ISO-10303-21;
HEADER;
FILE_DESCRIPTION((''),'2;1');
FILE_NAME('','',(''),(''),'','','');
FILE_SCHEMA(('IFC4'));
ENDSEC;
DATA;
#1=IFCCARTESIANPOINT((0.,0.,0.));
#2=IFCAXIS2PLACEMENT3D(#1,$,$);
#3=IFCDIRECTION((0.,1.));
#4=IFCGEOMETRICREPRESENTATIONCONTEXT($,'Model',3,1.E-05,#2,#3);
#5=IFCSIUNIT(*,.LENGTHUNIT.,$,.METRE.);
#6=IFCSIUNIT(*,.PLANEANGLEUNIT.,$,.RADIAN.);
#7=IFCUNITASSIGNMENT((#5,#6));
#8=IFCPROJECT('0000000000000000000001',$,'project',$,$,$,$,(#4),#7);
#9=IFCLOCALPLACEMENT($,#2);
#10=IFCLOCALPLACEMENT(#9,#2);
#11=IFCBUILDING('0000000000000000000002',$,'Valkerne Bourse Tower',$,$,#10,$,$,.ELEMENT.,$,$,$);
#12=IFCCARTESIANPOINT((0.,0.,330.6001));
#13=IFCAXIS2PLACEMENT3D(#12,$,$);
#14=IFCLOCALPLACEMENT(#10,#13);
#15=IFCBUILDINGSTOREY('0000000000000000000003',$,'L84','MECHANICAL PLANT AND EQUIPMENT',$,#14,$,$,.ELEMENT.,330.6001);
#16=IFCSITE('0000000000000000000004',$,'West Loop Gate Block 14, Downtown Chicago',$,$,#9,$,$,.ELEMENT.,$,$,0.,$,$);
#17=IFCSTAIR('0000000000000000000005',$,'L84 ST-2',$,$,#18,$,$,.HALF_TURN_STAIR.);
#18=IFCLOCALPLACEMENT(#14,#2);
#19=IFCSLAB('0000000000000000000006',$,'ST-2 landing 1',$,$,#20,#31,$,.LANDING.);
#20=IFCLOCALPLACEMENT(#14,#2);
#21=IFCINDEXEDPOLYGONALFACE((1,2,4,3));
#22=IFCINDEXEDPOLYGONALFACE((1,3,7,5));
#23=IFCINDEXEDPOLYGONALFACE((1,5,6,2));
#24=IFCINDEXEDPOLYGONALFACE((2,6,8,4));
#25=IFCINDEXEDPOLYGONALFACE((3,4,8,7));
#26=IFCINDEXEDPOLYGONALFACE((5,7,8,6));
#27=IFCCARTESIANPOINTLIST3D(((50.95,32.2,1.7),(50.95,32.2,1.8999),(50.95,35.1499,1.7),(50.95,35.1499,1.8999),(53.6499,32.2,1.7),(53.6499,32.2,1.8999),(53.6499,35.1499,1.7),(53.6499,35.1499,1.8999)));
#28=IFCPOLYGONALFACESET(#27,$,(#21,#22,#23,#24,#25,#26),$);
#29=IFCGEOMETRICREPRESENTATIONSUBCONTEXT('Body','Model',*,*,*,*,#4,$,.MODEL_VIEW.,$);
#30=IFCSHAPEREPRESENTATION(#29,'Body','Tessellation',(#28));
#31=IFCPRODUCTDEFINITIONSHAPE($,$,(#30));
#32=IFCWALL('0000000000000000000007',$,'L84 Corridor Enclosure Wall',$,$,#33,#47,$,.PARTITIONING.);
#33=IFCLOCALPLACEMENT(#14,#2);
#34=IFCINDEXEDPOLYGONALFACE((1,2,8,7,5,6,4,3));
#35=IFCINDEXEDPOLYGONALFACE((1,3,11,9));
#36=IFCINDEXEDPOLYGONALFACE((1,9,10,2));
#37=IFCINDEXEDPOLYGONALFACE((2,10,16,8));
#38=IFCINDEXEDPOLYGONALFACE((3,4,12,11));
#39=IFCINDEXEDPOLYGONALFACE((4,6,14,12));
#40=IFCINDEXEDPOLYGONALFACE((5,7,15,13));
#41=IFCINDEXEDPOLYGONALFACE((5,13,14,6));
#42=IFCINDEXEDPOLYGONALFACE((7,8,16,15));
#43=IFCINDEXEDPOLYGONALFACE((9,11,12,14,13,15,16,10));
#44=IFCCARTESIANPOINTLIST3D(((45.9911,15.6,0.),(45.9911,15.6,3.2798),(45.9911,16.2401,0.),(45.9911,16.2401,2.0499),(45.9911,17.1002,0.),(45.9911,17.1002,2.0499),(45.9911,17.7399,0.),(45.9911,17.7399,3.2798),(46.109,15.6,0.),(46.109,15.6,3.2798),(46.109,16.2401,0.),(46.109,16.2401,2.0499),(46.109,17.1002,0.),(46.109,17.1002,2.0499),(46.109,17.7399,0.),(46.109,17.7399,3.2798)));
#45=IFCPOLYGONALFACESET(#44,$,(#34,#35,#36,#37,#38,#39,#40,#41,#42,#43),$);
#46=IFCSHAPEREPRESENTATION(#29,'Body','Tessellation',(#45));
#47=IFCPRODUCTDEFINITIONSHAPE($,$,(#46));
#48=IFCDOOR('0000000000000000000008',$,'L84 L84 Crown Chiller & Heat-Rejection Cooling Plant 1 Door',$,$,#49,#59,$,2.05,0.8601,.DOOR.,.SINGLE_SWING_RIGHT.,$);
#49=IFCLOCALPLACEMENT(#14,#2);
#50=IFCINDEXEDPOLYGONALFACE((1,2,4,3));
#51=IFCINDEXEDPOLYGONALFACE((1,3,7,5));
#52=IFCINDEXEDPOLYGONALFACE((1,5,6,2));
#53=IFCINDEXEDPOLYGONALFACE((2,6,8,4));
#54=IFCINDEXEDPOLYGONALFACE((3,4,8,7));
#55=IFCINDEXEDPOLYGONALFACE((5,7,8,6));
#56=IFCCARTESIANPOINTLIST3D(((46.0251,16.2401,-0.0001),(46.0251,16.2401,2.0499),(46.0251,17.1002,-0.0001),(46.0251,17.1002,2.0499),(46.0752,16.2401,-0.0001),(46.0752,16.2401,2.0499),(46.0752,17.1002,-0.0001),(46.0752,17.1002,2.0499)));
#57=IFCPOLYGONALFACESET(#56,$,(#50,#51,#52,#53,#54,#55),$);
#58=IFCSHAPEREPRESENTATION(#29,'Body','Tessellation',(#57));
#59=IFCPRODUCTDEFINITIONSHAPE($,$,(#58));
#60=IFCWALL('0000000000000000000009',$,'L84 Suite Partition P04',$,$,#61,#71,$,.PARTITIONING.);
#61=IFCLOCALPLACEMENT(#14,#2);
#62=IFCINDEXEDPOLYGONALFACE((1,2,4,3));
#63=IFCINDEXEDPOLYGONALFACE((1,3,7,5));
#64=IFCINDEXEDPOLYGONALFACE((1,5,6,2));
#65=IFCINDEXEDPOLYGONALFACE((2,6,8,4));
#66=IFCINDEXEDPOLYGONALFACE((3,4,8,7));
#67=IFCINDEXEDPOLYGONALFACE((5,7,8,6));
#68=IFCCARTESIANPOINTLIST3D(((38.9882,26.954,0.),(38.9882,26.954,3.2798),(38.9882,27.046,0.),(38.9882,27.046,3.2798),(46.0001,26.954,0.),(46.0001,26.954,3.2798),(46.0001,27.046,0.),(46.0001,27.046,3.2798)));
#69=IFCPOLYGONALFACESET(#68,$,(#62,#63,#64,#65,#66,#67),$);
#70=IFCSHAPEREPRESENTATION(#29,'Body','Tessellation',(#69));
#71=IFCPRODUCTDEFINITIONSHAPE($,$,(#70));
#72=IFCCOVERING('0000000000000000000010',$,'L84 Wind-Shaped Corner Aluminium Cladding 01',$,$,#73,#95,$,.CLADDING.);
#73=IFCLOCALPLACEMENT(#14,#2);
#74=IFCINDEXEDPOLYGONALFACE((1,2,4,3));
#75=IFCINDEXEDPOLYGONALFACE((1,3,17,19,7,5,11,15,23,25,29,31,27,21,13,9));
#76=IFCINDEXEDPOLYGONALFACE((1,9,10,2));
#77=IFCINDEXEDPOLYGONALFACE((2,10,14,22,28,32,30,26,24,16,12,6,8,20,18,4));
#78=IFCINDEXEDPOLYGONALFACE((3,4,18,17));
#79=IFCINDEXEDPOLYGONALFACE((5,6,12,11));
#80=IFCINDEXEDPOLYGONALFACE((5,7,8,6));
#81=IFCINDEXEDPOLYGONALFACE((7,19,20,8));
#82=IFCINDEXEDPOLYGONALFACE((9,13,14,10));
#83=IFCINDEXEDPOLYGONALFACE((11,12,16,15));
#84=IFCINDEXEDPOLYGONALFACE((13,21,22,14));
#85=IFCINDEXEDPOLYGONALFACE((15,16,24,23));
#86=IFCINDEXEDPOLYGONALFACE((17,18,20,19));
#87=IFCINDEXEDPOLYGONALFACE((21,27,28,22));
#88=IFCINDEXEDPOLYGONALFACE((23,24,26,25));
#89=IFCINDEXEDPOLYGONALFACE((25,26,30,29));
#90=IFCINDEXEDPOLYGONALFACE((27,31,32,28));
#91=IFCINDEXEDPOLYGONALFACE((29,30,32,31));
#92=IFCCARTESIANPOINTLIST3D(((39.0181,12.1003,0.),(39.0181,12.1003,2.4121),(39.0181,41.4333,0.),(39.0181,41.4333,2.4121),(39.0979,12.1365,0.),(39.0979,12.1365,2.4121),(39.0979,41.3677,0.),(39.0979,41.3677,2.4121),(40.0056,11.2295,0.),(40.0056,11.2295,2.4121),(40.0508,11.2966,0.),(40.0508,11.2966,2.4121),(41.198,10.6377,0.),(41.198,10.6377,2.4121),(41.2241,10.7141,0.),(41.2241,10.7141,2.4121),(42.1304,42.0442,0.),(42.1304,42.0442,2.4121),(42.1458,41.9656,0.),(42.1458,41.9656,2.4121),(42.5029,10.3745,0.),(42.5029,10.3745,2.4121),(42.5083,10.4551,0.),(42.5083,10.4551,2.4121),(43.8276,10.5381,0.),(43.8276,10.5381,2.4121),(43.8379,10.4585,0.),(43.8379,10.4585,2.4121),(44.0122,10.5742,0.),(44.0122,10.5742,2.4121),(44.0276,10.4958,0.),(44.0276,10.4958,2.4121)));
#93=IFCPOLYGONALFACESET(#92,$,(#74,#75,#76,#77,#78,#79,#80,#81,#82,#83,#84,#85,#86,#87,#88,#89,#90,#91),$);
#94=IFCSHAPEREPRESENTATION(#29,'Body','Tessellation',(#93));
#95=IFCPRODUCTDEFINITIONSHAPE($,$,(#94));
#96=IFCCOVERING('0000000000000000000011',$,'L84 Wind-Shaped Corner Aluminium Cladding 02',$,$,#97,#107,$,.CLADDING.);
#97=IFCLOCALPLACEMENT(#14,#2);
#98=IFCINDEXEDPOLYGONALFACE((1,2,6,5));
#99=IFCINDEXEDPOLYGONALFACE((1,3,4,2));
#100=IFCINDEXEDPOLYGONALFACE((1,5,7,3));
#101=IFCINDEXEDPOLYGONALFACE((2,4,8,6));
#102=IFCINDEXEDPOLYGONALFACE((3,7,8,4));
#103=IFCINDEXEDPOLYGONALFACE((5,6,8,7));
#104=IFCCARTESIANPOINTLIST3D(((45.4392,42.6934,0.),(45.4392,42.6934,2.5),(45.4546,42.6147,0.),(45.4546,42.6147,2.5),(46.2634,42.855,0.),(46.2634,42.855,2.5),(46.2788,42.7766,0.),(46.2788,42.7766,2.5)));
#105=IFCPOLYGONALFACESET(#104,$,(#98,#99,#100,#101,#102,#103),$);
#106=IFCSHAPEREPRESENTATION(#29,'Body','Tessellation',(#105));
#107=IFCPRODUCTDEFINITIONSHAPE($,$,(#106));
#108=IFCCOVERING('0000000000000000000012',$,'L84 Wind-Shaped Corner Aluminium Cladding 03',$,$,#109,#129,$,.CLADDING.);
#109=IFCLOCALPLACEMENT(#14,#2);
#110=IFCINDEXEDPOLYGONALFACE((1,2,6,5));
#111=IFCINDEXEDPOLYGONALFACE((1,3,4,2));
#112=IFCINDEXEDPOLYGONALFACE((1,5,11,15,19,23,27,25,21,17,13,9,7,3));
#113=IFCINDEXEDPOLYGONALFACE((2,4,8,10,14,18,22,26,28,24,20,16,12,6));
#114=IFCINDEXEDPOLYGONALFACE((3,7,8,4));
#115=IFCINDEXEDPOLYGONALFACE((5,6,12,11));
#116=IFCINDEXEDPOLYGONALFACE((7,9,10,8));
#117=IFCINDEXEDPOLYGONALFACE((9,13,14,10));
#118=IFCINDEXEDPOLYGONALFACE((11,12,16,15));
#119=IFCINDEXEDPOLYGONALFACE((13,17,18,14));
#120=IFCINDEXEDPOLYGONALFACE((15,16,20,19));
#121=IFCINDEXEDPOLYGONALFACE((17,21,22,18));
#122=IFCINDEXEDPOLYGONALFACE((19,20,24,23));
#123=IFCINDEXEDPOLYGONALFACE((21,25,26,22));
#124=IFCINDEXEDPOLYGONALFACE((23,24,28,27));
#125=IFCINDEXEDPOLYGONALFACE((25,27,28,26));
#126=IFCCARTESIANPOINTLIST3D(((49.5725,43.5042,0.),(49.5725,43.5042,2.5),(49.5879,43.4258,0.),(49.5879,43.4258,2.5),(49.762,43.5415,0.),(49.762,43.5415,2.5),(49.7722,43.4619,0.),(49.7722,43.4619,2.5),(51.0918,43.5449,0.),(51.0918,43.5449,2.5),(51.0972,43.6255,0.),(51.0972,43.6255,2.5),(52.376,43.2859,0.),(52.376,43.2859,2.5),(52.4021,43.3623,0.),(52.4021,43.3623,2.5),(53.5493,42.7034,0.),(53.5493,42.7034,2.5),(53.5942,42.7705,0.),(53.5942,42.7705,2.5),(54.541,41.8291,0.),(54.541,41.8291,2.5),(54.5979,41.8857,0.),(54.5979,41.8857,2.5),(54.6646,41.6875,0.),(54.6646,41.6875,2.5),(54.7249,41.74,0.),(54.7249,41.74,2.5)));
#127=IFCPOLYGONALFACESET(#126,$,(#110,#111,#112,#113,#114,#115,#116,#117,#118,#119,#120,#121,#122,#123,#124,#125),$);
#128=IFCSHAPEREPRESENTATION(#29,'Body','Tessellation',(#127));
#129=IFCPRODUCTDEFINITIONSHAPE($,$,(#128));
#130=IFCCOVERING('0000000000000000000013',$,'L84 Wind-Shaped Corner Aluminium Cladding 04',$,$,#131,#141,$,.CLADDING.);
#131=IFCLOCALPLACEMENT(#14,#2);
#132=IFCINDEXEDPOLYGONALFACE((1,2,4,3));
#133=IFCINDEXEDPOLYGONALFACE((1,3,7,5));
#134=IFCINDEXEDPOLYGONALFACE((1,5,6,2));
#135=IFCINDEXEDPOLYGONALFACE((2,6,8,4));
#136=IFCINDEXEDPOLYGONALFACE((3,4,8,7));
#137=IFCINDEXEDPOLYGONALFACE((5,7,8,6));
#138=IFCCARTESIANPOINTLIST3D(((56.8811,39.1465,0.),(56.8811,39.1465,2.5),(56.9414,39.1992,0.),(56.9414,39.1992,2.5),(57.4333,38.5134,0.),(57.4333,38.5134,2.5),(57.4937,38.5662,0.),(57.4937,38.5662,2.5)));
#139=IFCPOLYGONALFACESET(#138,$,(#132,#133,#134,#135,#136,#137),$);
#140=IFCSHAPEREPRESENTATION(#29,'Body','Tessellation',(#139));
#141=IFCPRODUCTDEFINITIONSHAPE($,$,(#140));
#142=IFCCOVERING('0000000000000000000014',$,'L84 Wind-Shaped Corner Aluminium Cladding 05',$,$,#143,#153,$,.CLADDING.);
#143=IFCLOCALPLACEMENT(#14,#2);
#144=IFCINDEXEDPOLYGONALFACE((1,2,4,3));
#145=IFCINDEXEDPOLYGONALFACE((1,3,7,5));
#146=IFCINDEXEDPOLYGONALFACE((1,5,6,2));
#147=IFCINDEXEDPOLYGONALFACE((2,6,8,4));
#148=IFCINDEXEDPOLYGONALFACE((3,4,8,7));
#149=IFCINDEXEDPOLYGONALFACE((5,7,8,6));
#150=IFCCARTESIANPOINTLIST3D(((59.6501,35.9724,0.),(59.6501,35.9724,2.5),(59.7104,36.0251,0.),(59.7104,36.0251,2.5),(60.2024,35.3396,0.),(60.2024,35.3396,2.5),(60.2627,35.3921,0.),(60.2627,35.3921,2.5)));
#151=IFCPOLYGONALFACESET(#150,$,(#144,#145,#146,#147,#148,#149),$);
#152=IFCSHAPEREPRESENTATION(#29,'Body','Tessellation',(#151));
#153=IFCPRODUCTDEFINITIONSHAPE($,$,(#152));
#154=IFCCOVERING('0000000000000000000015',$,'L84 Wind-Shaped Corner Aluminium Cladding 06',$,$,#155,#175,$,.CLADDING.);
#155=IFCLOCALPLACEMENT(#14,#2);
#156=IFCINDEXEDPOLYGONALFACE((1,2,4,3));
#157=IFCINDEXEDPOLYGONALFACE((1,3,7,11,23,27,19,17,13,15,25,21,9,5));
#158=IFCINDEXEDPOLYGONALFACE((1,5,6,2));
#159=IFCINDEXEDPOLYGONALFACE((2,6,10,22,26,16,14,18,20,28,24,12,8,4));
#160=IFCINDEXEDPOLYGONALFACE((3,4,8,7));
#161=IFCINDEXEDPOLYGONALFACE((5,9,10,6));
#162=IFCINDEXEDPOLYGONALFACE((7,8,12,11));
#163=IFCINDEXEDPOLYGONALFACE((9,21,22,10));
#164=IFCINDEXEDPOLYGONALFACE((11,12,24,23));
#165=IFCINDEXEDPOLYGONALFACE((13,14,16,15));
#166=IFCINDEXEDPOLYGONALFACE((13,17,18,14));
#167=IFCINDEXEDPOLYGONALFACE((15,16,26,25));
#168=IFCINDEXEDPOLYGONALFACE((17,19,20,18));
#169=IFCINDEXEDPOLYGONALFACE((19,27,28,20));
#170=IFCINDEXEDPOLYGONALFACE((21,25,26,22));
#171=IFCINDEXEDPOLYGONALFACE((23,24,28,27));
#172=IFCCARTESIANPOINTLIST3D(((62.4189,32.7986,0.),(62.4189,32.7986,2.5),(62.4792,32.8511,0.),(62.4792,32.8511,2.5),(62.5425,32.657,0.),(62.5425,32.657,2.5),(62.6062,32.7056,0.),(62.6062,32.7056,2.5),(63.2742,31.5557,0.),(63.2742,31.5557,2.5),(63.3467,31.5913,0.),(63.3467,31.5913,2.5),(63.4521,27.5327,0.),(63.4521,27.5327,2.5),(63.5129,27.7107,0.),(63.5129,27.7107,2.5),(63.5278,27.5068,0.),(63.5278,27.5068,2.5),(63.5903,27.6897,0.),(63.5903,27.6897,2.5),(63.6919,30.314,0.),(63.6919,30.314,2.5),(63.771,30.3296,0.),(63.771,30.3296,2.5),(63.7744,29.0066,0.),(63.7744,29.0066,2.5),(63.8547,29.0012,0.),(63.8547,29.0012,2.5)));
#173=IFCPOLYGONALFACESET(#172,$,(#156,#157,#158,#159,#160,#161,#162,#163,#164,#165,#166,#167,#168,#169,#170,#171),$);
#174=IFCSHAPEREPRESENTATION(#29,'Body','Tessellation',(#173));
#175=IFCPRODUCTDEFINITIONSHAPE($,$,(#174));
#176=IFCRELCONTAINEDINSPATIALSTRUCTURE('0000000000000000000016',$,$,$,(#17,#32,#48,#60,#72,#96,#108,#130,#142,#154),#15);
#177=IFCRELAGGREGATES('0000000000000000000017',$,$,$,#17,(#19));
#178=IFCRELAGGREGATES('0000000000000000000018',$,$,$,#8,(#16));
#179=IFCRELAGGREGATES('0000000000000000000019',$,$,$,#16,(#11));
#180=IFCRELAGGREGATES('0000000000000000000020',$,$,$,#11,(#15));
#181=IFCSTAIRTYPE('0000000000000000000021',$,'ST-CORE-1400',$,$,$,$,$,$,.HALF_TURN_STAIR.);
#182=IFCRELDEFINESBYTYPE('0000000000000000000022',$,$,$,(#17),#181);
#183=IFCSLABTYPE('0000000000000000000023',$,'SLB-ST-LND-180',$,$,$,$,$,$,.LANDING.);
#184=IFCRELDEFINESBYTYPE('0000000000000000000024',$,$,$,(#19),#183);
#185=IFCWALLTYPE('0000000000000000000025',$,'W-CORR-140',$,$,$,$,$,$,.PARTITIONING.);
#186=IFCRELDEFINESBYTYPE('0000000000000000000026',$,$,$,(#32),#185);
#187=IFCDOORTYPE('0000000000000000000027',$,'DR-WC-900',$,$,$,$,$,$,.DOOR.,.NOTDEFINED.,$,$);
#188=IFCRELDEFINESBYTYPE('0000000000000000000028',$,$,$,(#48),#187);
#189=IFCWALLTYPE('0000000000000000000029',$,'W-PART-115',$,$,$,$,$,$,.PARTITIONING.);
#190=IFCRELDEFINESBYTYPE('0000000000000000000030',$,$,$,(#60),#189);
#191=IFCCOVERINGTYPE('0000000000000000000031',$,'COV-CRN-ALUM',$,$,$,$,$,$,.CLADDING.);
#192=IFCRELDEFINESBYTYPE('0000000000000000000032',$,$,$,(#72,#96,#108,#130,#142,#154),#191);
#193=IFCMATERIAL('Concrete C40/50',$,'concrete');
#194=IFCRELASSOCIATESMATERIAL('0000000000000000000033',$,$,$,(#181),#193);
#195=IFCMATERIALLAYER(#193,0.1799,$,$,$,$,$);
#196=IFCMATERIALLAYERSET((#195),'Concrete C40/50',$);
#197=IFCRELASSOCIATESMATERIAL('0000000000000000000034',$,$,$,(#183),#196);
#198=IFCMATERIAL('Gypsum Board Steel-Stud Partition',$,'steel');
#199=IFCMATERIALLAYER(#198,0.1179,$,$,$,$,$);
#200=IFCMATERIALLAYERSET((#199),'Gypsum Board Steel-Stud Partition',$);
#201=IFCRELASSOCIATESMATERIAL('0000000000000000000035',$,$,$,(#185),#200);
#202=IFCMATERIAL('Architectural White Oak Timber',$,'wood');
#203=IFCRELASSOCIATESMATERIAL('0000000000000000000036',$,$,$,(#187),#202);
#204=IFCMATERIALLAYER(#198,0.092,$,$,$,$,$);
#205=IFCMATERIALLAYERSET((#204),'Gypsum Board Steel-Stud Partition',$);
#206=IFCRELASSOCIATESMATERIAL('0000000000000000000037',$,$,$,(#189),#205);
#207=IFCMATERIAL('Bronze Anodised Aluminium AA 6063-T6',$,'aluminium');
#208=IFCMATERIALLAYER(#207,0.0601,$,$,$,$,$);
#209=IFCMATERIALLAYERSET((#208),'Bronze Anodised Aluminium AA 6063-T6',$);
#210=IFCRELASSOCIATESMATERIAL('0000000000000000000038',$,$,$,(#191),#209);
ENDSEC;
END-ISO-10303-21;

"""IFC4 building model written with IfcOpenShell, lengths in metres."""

from ifc_helpers import new_model, si_unit, direction, frame, frame_2d, origin, place, context, subcontext, project, spatial, polyline, rectangle, outline, extrude, material, layer, layer_set, type_object, element, fill, aggregate, save


model = new_model("IFC4")

# Units and contexts
model_context = context("Model", 3, precision=1e-05, world=origin(), true_north=direction((0.0, 1.0)))
body_context = subcontext(model_context, "Body", "Model", "MODEL_VIEW")
ifc_project = project(units=[si_unit("LENGTHUNIT", "METRE"), si_unit("PLANEANGLEUNIT", "RADIAN")], contexts=[model_context])

# Site, building, storey
site_placement = place(None, origin())
site = spatial("IfcSite", under=ifc_project, at=site_placement, Name="West Loop Gate Block 14, Downtown Chicago", CompositionType="ELEMENT", RefElevation=0.0)
building_placement = place(site_placement, origin())
building = spatial("IfcBuilding", under=site, at=building_placement, Name="Valkerne Bourse Tower", CompositionType="ELEMENT")
storey_placement = place(building_placement, frame((0.0, 0.0, 330.6001)))
storey = spatial("IfcBuildingStorey", under=building, at=storey_placement, Name="L84", Description="MECHANICAL PLANT AND EQUIPMENT", CompositionType="ELEMENT", Elevation=330.6001)

# Shared definitions
ifc_material_1 = material(Name="Bronze Anodised Aluminium AA 6063-T6", Category="aluminium")

# Shared definitions
ifc_material_2 = material(Name="Concrete C40/50", Category="concrete")

# Stair, slab
stair_type = type_object("IfcStairType", Name="ST-CORE-1400", PredefinedType="HALF_TURN_STAIR", material=ifc_material_2)
ifc_layer_1 = layer(ifc_material_2, 0.1799)
ifc_layer_set_1 = layer_set([ifc_layer_1], Name="Concrete C40/50")
slab_type_1 = type_object("IfcSlabType", Name="SLB-ST-LND-180", PredefinedType="LANDING", material=ifc_layer_set_1)
stair_1_placement = place(storey_placement, origin())
stair_1 = element("IfcStair", 1, at=stair_1_placement, inside=storey, type_object=stair_type, Name="L84 ST-2", PredefinedType="HALF_TURN_STAIR")
slab_1_placement = place(storey_placement, frame((0.0, 0.0, 1.7)))
slab_1 = element("IfcSlab", 2, at=slab_1_placement, type_object=slab_type_1, Name="ST-2 landing 1", PredefinedType="LANDING", context=body_context, shape_type="SweptSolid", body=[
    extrude(outline(polyline([(50.95, 32.2), (53.6499, 32.2), (53.6499, 35.1499), (50.95, 35.1499), (50.95, 32.2)])), origin(), (0.0, 0.0, 1.0), 0.2),
])
aggregate(stair_1, [slab_1])

# Wall, opening, door
ifc_material_3 = material(Name="Gypsum Board Steel-Stud Partition", Category="steel")
ifc_layer_2 = layer(ifc_material_3, 0.1179)
ifc_layer_set_2 = layer_set([ifc_layer_2], Name="Gypsum Board Steel-Stud Partition")
wall_type_1 = type_object("IfcWallType", Name="W-CORR-140", PredefinedType="PARTITIONING", material=ifc_layer_set_2)
wall_1_placement = place(storey_placement, frame((46.05, 15.6001, 0.0), z_axis=(0.0, 0.0, 1.0), x_axis=(0.0, 1.0, 0.0)))
wall_1 = element("IfcWall", 3, at=wall_1_placement, inside=storey, type_object=wall_type_1, Name="L84 Corridor Enclosure Wall", PredefinedType="PARTITIONING", context=body_context, shape_type="SweptSolid", body=[
    extrude(rectangle(XDim=2.1399, YDim=0.1179, at=frame_2d((1.0698, 0.0))), origin(), (0.0, 0.0, 1.0), 3.2798),
])
opening_placement = place(wall_1_placement, frame((0.6399, 0.0, 0.0)))
opening = element("IfcOpeningElement", 4, at=opening_placement, cuts=wall_1, PredefinedType="OPENING", context=body_context, shape_type="SweptSolid", body=[
    extrude(rectangle(XDim=0.8601, YDim=2.05, at=frame_2d((0.4302, 1.0249))), frame((0.0, 0.0688, 0.0), z_axis=(0.0, -1.0, 0.0), x_axis=(1.0, 0.0, 0.0)), (0.0, 0.0, 1.0), 0.1379),
])
ifc_material_4 = material(Name="Architectural White Oak Timber", Category="wood")
door_type = type_object("IfcDoorType", Name="DR-WC-900", OperationType="NOTDEFINED", PredefinedType="DOOR", material=ifc_material_4)
door_placement = place(opening_placement, origin())
door = element("IfcDoor", 5, at=door_placement, inside=storey, type_object=door_type, Name="L84 L84 Crown Chiller & Heat-Rejection Cooling Plant 1 Door", OperationType="SINGLE_SWING_RIGHT", OverallHeight=2.05, OverallWidth=0.8601, PredefinedType="DOOR", context=body_context, shape_type="SweptSolid", body=[
    extrude(rectangle(XDim=0.8601, YDim=2.05, at=frame_2d((0.4302, 1.0249))), frame((0.0, 0.0249, 0.0), z_axis=(0.0, -1.0, 0.0), x_axis=(1.0, 0.0, 0.0)), (0.0, 0.0, 1.0), 0.05),
])
fill(opening, door)

# Wall
ifc_layer_3 = layer(ifc_material_3, 0.092)
ifc_layer_set_3 = layer_set([ifc_layer_3], Name="Gypsum Board Steel-Stud Partition")
wall_type_2 = type_object("IfcWallType", Name="W-PART-115", PredefinedType="PARTITIONING", material=ifc_layer_set_3)
wall_2_placement = place(storey_placement, frame((46.0, 27.0, 0.0), z_axis=(0.0, 0.0, 1.0), x_axis=(-1.0, 0.0, 0.0)))
element("IfcWall", 6, at=wall_2_placement, inside=storey, type_object=wall_type_2, Name="L84 Suite Partition P04", PredefinedType="PARTITIONING", context=body_context, shape_type="SweptSolid", body=[
    extrude(rectangle(XDim=7.012, YDim=0.092, at=frame_2d((3.5059, 0.0))), origin(), (0.0, 0.0, 1.0), 3.2798),
])

# Coverings
ifc_layer_4 = layer(ifc_material_1, 0.0601)
ifc_layer_set_4 = layer_set([ifc_layer_4], Name="Bronze Anodised Aluminium AA 6063-T6")
covering_type_1 = type_object("IfcCoveringType", Name="COV-CRN-ALUM", PredefinedType="CLADDING", material=ifc_layer_set_4)
covering_1_placement = place(storey_placement, origin())
element("IfcCovering", 7, at=covering_1_placement, inside=storey, type_object=covering_type_1, Name="L84 Wind-Shaped Corner Aluminium Cladding 01", PredefinedType="CLADDING", context=body_context, shape_type="SweptSolid", body=[
    extrude(outline(polyline([(42.1304, 42.0442), (42.1458, 41.9656), (39.0979, 41.3677), (39.0979, 12.1365), (40.0508, 11.2966), (41.2241, 10.7141), (42.5083, 10.4551), (43.8276, 10.5381), (44.0122, 10.5742), (44.0276, 10.4958), (43.8379, 10.4585), (42.5029, 10.3745), (41.198, 10.6377), (40.0056, 11.2295), (39.0181, 12.1003), (39.0181, 41.4333), (42.1304, 42.0442)])), origin(), (0.0, 0.0, 1.0), 2.4121),
])
covering_2_placement = place(storey_placement, origin())
element("IfcCovering", 8, at=covering_2_placement, inside=storey, type_object=covering_type_1, Name="L84 Wind-Shaped Corner Aluminium Cladding 02", PredefinedType="CLADDING", context=body_context, shape_type="SweptSolid", body=[
    extrude(outline(polyline([(46.2634, 42.855), (46.2788, 42.7766), (45.4546, 42.6147), (45.4392, 42.6934), (46.2634, 42.855)])), origin(), (0.0, 0.0, 1.0), 2.5),
])
covering_3_placement = place(storey_placement, origin())
element("IfcCovering", 9, at=covering_3_placement, inside=storey, type_object=covering_type_1, Name="L84 Wind-Shaped Corner Aluminium Cladding 03", PredefinedType="CLADDING", context=body_context, shape_type="SweptSolid", body=[
    extrude(outline(polyline([(49.762, 43.5415), (51.0972, 43.6255), (52.4021, 43.3623), (53.5942, 42.7705), (54.5979, 41.8857), (54.7249, 41.74), (54.6646, 41.6875), (54.541, 41.8291), (53.5493, 42.7034), (52.376, 43.2859), (51.0918, 43.5449), (49.7722, 43.4619), (49.5879, 43.4258), (49.5725, 43.5042), (49.762, 43.5415)])), origin(), (0.0, 0.0, 1.0), 2.5),
])
covering_4_placement = place(storey_placement, origin())
element("IfcCovering", 10, at=covering_4_placement, inside=storey, type_object=covering_type_1, Name="L84 Wind-Shaped Corner Aluminium Cladding 04", PredefinedType="CLADDING", context=body_context, shape_type="SweptSolid", body=[
    extrude(outline(polyline([(57.4937, 38.5662), (57.4333, 38.5134), (56.8811, 39.1465), (56.9414, 39.1992), (57.4937, 38.5662)])), origin(), (0.0, 0.0, 1.0), 2.5),
])
covering_5_placement = place(storey_placement, origin())
element("IfcCovering", 11, at=covering_5_placement, inside=storey, type_object=covering_type_1, Name="L84 Wind-Shaped Corner Aluminium Cladding 05", PredefinedType="CLADDING", context=body_context, shape_type="SweptSolid", body=[
    extrude(outline(polyline([(60.2627, 35.3921), (60.2024, 35.3396), (59.6501, 35.9724), (59.7104, 36.0251), (60.2627, 35.3921)])), origin(), (0.0, 0.0, 1.0), 2.5),
])
covering_6_placement = place(storey_placement, origin())
element("IfcCovering", 12, at=covering_6_placement, inside=storey, type_object=covering_type_1, Name="L84 Wind-Shaped Corner Aluminium Cladding 06", PredefinedType="CLADDING", context=body_context, shape_type="SweptSolid", body=[
    extrude(outline(polyline([(62.6062, 32.7056), (63.3467, 31.5913), (63.771, 30.3296), (63.8547, 29.0012), (63.5903, 27.6897), (63.5278, 27.5068), (63.4521, 27.5327), (63.5129, 27.7107), (63.7744, 29.0066), (63.6919, 30.314), (63.2742, 31.5557), (62.5425, 32.657), (62.4189, 32.7986), (62.4792, 32.8511), (62.6062, 32.7056)])), origin(), (0.0, 0.0, 1.0), 2.5),
])

save(model, "model.ifc")
